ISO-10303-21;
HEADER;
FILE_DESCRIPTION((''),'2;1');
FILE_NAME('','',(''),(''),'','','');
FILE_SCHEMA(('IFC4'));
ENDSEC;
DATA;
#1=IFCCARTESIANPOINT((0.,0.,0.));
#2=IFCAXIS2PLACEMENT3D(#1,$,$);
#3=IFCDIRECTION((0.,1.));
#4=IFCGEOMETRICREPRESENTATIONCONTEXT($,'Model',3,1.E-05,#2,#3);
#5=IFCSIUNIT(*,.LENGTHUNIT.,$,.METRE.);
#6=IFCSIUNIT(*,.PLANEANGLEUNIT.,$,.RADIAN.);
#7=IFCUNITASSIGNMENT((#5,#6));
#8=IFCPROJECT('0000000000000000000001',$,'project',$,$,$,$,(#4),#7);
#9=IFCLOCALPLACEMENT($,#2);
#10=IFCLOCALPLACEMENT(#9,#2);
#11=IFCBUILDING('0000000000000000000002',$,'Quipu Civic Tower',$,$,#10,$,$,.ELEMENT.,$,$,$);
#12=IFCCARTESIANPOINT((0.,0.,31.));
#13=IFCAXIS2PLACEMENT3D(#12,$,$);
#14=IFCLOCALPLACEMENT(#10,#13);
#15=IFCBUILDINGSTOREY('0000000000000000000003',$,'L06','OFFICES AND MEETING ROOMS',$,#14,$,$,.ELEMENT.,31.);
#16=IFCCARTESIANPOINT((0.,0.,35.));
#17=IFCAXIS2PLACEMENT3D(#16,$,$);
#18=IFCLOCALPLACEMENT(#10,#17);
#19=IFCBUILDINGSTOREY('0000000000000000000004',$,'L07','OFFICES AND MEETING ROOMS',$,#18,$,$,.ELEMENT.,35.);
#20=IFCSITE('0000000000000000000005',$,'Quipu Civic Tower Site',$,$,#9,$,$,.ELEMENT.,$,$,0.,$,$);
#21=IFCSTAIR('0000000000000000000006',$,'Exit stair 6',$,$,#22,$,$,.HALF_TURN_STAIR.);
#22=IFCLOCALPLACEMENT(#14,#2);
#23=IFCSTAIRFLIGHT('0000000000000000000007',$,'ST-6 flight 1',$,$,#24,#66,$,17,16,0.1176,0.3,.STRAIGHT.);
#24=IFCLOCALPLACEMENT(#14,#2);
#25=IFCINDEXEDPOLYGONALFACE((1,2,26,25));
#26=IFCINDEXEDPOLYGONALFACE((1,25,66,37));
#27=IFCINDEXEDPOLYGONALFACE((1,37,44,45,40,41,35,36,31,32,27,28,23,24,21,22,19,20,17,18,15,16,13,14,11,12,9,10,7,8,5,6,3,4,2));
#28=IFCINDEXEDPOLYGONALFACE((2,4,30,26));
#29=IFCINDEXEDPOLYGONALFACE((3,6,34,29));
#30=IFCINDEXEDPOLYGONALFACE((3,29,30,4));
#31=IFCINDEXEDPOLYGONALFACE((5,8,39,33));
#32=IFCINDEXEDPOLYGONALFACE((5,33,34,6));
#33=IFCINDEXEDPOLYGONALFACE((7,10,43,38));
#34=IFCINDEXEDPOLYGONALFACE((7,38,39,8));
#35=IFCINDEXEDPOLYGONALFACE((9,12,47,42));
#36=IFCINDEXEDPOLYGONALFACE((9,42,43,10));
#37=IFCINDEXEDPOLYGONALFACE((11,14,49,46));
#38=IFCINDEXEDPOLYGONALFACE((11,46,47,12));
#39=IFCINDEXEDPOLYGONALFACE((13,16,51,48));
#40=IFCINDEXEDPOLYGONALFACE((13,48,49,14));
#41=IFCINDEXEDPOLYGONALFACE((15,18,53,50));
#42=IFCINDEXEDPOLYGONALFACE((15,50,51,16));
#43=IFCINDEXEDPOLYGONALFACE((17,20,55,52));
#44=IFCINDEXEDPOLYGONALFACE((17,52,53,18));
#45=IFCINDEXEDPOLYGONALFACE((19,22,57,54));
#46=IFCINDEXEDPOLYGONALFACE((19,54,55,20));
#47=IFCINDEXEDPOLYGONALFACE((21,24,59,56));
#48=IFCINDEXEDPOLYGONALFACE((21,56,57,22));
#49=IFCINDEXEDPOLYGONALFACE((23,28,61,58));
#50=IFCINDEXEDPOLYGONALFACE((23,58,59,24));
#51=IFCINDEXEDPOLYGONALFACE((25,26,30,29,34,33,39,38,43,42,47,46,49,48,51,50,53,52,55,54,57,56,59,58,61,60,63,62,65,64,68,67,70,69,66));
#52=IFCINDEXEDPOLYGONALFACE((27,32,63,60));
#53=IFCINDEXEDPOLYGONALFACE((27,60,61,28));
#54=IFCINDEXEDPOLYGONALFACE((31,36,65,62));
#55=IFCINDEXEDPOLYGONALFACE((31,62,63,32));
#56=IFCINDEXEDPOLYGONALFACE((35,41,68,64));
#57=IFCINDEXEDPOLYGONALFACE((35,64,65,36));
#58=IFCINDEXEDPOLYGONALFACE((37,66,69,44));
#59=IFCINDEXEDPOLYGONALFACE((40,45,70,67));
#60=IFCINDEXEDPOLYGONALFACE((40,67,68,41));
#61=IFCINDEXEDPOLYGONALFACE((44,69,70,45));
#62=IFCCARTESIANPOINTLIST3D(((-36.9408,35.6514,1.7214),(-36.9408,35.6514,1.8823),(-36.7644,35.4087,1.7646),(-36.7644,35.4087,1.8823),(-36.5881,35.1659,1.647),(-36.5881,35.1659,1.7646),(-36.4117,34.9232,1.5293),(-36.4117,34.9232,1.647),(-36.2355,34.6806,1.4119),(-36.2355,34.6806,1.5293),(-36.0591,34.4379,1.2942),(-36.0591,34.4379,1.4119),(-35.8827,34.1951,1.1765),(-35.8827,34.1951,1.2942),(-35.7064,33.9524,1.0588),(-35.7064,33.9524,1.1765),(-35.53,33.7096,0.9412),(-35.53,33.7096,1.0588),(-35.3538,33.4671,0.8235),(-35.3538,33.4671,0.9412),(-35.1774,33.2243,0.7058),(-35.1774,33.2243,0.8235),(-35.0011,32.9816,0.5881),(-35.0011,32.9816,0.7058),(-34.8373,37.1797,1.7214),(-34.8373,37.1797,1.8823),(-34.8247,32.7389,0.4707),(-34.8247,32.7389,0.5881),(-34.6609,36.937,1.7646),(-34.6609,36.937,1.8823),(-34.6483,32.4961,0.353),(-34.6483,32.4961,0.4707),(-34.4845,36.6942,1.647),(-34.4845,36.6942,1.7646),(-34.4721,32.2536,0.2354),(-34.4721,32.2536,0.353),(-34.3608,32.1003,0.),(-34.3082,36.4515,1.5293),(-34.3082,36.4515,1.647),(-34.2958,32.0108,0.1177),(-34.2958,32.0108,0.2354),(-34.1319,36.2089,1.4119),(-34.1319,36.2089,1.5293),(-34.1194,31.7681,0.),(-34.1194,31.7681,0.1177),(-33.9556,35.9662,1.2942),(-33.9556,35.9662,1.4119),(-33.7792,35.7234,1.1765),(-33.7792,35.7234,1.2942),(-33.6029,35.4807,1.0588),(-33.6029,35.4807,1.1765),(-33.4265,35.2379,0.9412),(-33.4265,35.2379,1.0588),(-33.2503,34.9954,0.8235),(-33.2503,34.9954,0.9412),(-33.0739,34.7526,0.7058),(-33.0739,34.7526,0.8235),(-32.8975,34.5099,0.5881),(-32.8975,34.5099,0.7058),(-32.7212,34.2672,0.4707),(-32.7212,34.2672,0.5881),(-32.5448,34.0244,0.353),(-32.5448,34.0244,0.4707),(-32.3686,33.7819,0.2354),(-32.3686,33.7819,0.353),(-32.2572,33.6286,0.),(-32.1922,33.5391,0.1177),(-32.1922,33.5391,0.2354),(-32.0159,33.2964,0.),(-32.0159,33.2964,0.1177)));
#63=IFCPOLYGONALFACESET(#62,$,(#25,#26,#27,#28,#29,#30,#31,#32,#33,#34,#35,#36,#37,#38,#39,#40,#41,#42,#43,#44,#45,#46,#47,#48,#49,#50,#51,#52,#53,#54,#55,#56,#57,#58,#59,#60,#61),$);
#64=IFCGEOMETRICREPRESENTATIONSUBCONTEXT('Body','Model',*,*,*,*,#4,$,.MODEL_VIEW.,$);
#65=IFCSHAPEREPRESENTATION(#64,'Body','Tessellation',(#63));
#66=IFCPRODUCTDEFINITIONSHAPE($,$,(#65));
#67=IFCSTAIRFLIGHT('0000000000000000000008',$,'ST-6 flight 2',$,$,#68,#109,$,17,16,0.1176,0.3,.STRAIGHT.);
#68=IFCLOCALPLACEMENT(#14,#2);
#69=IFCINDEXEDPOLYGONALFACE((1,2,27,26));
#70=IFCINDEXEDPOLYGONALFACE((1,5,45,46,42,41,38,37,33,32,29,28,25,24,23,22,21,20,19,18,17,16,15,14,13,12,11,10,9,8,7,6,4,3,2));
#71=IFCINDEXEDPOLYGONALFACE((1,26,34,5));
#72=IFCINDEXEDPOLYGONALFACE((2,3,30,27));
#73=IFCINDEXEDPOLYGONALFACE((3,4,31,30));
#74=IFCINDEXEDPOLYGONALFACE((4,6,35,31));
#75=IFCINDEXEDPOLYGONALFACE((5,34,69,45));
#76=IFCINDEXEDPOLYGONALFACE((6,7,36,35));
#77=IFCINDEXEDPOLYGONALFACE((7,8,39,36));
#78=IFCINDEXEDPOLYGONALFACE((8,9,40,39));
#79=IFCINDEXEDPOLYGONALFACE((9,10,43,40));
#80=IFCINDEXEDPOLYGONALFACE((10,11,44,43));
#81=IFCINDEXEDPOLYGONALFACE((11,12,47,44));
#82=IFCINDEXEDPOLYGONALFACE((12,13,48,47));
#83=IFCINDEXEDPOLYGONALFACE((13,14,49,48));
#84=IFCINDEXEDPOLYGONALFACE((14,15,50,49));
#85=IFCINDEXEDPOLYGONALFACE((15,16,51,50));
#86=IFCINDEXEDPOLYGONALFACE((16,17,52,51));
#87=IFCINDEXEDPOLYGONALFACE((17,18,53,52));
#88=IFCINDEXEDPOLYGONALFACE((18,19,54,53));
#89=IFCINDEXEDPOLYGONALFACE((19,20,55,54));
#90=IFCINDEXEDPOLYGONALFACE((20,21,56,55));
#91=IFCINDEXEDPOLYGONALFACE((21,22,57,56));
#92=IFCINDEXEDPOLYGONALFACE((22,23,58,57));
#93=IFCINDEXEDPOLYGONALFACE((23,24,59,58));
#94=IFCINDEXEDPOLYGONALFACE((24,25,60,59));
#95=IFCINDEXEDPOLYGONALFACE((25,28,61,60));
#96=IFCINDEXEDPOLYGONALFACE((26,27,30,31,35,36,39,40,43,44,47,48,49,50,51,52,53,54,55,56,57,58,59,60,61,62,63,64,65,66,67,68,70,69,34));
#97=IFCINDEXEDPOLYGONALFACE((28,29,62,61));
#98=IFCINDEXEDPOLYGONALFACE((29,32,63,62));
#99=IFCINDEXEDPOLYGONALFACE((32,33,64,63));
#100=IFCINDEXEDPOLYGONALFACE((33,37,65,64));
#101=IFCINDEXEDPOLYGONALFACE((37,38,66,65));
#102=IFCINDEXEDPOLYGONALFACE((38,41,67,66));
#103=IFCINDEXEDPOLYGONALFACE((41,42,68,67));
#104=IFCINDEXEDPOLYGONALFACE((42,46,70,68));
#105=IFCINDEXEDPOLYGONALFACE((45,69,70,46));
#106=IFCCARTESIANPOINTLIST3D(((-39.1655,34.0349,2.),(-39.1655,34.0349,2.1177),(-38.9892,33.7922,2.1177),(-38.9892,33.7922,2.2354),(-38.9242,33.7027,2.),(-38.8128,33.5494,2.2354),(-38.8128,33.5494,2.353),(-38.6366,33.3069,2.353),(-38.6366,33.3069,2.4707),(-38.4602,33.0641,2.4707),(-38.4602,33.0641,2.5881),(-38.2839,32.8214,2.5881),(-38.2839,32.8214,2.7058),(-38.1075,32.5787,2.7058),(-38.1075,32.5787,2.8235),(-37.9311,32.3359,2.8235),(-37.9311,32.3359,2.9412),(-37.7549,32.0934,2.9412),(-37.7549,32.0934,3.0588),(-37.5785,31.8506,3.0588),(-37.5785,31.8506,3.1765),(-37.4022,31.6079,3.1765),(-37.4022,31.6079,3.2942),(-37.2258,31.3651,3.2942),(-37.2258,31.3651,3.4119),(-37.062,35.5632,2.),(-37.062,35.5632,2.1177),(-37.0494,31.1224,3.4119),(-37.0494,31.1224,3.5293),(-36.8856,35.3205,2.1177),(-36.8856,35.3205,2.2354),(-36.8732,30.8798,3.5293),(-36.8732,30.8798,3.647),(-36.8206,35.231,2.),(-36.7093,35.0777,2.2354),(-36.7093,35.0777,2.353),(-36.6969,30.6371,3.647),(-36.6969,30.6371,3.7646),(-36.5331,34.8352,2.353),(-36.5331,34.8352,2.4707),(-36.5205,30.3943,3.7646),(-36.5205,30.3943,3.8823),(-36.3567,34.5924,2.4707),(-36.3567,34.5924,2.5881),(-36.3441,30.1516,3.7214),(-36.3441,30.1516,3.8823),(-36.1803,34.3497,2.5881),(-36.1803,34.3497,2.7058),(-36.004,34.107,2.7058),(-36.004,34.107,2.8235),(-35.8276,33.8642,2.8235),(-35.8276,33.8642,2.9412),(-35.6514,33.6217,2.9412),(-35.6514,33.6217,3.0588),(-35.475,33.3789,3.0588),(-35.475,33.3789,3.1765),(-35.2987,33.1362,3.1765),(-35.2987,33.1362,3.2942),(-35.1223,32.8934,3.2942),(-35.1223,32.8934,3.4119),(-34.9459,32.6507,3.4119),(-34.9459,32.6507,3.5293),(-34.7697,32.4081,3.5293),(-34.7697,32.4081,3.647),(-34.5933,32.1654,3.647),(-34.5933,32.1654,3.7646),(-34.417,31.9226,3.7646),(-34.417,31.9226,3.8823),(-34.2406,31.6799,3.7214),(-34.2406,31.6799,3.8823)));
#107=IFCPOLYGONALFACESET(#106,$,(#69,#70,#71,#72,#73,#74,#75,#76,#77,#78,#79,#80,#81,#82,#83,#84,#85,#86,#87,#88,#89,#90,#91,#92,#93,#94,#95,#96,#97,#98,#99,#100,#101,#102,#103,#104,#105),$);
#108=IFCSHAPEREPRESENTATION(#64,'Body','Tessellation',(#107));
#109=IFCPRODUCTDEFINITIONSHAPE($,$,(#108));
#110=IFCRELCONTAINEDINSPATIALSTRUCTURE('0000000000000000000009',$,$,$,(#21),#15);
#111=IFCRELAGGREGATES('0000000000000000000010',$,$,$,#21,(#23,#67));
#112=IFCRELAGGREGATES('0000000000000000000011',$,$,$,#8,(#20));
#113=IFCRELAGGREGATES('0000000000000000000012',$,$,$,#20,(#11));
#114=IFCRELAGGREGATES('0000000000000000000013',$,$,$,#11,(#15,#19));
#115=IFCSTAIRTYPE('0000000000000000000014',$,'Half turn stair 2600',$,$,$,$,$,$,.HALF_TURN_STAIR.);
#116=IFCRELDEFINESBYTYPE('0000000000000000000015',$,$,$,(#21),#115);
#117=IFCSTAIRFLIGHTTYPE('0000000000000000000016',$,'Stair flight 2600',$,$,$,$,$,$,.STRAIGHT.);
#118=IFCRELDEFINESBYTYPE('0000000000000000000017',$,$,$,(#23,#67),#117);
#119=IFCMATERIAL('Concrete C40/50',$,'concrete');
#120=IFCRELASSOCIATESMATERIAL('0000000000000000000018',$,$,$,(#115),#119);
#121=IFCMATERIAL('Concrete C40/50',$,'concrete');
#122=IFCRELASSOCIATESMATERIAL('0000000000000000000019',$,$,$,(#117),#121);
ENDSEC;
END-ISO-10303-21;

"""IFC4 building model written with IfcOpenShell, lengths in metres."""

from ifc_helpers import new_model, si_unit, direction, frame, origin, place, context, subcontext, project, spatial, polyline, outline, extrude, material, type_object, element, aggregate, save


model = new_model("IFC4")

# Units and contexts
model_context = context("Model", 3, precision=1e-05, world=origin(), true_north=direction((0.0, 1.0)))
body_context = subcontext(model_context, "Body", "Model", "MODEL_VIEW")
ifc_project = project(units=[si_unit("LENGTHUNIT", "METRE"), si_unit("PLANEANGLEUNIT", "RADIAN")], contexts=[model_context])

# Site, building, storey
site_placement = place(None, origin())
site = spatial("IfcSite", under=ifc_project, at=site_placement, Name="Quipu Civic Tower Site", CompositionType="ELEMENT", RefElevation=0.0)
building_placement = place(site_placement, origin())
building = spatial("IfcBuilding", under=site, at=building_placement, Name="Quipu Civic Tower", CompositionType="ELEMENT")
storey_1_placement = place(building_placement, frame((0.0, 0.0, 31.0)))
storey_1 = spatial("IfcBuildingStorey", under=building, at=storey_1_placement, Name="L06", Description="OFFICES AND MEETING ROOMS", CompositionType="ELEMENT", Elevation=31.0)

# Shared definitions
storey_2_placement = place(building_placement, frame((0.0, 0.0, 35.0)))
storey_2 = spatial("IfcBuildingStorey", under=building, at=storey_2_placement, Name="L07", Description="OFFICES AND MEETING ROOMS", CompositionType="ELEMENT", Elevation=35.0)

# Stair, stair flights
ifc_material_1 = material(Name="Concrete C40/50", Category="concrete")
stair_type = type_object("IfcStairType", Name="Half turn stair 2600", PredefinedType="HALF_TURN_STAIR", material=ifc_material_1)
stair_placement = place(storey_1_placement, origin())
stair = element("IfcStair", 1, at=stair_placement, inside=storey_1, type_object=stair_type, Name="Exit stair 6", PredefinedType="HALF_TURN_STAIR")
ifc_material_2 = material(Name="Concrete C40/50", Category="concrete")
stair_flight_type = type_object("IfcStairFlightType", Name="Stair flight 2600", PredefinedType="STRAIGHT", material=ifc_material_2)
stair_flight_1_placement = place(storey_1_placement, frame((-33.0676, 32.5322, 0.0), z_axis=(0.0, 0.0, 1.0), x_axis=(-0.587785, 0.809017, 0.0)))
stair_flight_1 = element("IfcStairFlight", 2, at=stair_flight_1_placement, type_object=stair_flight_type, Name="ST-6 flight 1", NumberOfRisers=17, NumberOfTreads=16, PredefinedType="STRAIGHT", RiserHeight=0.1176, TreadLength=0.3, context=body_context, shape_type="SweptSolid", body=[
    extrude(outline(polyline([(0.0, 0.0), (0.0, 0.1177), (0.3, 0.1177), (0.3, 0.2354), (0.6001, 0.2354), (0.6001, 0.353), (0.8999, 0.353), (0.8999, 0.4707), (1.2, 0.4707), (1.2, 0.5881), (1.5, 0.5881), (1.5, 0.7058), (1.8, 0.7058), (1.8, 0.8235), (2.1001, 0.8235), (2.1001, 0.9412), (2.3999, 0.9412), (2.3999, 1.0588), (2.7, 1.0588), (2.7, 1.1765), (3.0, 1.1765), (3.0, 1.2942), (3.3, 1.2942), (3.3, 1.4119), (3.6001, 1.4119), (3.6001, 1.5293), (3.8999, 1.5293), (3.8999, 1.647), (4.2, 1.647), (4.2, 1.7646), (4.5, 1.7646), (4.5, 1.8823), (4.8, 1.8823), (4.8, 2.0), (4.8, 1.7214), (0.4106, 0.0), (0.0, 0.0)])), frame((0.0, 1.3, 0.0), z_axis=(0.0, -1.0, 0.0), x_axis=(1.0, 0.0, 0.0)), (0.0, 0.0, 1.0), 2.6001),
])
stair_flight_2_placement = place(storey_1_placement, frame((-38.1138, 34.7991, 2.0), z_axis=(0.0, 0.0, 1.0), x_axis=(0.587785, -0.809017, 0.0)))
stair_flight_2 = element("IfcStairFlight", 3, at=stair_flight_2_placement, type_object=stair_flight_type, Name="ST-6 flight 2", NumberOfRisers=17, NumberOfTreads=16, PredefinedType="STRAIGHT", RiserHeight=0.1176, TreadLength=0.3, context=body_context, shape_type="SweptSolid", body=[
    extrude(outline(polyline([(0.0, 0.0), (0.0, 0.1177), (0.3, 0.1177), (0.3, 0.2354), (0.6001, 0.2354), (0.6001, 0.353), (0.8999, 0.353), (0.8999, 0.4707), (1.2, 0.4707), (1.2, 0.5881), (1.5, 0.5881), (1.5, 0.7058), (1.8, 0.7058), (1.8, 0.8235), (2.1001, 0.8235), (2.1001, 0.9412), (2.3999, 0.9412), (2.3999, 1.0588), (2.7, 1.0588), (2.7, 1.1765), (3.0, 1.1765), (3.0, 1.2942), (3.3, 1.2942), (3.3, 1.4119), (3.6001, 1.4119), (3.6001, 1.5293), (3.8999, 1.5293), (3.8999, 1.647), (4.2, 1.647), (4.2, 1.7646), (4.5, 1.7646), (4.5, 1.8823), (4.8, 1.8823), (4.8, 2.0), (4.8, 1.7214), (0.4106, 0.0), (0.0, 0.0)])), frame((0.0, 1.3, 0.0), z_axis=(0.0, -1.0, 0.0), x_axis=(1.0, 0.0, 0.0)), (0.0, 0.0, 1.0), 2.6001),
])
aggregate(stair, [stair_flight_1, stair_flight_2])

save(model, "model.ifc")
